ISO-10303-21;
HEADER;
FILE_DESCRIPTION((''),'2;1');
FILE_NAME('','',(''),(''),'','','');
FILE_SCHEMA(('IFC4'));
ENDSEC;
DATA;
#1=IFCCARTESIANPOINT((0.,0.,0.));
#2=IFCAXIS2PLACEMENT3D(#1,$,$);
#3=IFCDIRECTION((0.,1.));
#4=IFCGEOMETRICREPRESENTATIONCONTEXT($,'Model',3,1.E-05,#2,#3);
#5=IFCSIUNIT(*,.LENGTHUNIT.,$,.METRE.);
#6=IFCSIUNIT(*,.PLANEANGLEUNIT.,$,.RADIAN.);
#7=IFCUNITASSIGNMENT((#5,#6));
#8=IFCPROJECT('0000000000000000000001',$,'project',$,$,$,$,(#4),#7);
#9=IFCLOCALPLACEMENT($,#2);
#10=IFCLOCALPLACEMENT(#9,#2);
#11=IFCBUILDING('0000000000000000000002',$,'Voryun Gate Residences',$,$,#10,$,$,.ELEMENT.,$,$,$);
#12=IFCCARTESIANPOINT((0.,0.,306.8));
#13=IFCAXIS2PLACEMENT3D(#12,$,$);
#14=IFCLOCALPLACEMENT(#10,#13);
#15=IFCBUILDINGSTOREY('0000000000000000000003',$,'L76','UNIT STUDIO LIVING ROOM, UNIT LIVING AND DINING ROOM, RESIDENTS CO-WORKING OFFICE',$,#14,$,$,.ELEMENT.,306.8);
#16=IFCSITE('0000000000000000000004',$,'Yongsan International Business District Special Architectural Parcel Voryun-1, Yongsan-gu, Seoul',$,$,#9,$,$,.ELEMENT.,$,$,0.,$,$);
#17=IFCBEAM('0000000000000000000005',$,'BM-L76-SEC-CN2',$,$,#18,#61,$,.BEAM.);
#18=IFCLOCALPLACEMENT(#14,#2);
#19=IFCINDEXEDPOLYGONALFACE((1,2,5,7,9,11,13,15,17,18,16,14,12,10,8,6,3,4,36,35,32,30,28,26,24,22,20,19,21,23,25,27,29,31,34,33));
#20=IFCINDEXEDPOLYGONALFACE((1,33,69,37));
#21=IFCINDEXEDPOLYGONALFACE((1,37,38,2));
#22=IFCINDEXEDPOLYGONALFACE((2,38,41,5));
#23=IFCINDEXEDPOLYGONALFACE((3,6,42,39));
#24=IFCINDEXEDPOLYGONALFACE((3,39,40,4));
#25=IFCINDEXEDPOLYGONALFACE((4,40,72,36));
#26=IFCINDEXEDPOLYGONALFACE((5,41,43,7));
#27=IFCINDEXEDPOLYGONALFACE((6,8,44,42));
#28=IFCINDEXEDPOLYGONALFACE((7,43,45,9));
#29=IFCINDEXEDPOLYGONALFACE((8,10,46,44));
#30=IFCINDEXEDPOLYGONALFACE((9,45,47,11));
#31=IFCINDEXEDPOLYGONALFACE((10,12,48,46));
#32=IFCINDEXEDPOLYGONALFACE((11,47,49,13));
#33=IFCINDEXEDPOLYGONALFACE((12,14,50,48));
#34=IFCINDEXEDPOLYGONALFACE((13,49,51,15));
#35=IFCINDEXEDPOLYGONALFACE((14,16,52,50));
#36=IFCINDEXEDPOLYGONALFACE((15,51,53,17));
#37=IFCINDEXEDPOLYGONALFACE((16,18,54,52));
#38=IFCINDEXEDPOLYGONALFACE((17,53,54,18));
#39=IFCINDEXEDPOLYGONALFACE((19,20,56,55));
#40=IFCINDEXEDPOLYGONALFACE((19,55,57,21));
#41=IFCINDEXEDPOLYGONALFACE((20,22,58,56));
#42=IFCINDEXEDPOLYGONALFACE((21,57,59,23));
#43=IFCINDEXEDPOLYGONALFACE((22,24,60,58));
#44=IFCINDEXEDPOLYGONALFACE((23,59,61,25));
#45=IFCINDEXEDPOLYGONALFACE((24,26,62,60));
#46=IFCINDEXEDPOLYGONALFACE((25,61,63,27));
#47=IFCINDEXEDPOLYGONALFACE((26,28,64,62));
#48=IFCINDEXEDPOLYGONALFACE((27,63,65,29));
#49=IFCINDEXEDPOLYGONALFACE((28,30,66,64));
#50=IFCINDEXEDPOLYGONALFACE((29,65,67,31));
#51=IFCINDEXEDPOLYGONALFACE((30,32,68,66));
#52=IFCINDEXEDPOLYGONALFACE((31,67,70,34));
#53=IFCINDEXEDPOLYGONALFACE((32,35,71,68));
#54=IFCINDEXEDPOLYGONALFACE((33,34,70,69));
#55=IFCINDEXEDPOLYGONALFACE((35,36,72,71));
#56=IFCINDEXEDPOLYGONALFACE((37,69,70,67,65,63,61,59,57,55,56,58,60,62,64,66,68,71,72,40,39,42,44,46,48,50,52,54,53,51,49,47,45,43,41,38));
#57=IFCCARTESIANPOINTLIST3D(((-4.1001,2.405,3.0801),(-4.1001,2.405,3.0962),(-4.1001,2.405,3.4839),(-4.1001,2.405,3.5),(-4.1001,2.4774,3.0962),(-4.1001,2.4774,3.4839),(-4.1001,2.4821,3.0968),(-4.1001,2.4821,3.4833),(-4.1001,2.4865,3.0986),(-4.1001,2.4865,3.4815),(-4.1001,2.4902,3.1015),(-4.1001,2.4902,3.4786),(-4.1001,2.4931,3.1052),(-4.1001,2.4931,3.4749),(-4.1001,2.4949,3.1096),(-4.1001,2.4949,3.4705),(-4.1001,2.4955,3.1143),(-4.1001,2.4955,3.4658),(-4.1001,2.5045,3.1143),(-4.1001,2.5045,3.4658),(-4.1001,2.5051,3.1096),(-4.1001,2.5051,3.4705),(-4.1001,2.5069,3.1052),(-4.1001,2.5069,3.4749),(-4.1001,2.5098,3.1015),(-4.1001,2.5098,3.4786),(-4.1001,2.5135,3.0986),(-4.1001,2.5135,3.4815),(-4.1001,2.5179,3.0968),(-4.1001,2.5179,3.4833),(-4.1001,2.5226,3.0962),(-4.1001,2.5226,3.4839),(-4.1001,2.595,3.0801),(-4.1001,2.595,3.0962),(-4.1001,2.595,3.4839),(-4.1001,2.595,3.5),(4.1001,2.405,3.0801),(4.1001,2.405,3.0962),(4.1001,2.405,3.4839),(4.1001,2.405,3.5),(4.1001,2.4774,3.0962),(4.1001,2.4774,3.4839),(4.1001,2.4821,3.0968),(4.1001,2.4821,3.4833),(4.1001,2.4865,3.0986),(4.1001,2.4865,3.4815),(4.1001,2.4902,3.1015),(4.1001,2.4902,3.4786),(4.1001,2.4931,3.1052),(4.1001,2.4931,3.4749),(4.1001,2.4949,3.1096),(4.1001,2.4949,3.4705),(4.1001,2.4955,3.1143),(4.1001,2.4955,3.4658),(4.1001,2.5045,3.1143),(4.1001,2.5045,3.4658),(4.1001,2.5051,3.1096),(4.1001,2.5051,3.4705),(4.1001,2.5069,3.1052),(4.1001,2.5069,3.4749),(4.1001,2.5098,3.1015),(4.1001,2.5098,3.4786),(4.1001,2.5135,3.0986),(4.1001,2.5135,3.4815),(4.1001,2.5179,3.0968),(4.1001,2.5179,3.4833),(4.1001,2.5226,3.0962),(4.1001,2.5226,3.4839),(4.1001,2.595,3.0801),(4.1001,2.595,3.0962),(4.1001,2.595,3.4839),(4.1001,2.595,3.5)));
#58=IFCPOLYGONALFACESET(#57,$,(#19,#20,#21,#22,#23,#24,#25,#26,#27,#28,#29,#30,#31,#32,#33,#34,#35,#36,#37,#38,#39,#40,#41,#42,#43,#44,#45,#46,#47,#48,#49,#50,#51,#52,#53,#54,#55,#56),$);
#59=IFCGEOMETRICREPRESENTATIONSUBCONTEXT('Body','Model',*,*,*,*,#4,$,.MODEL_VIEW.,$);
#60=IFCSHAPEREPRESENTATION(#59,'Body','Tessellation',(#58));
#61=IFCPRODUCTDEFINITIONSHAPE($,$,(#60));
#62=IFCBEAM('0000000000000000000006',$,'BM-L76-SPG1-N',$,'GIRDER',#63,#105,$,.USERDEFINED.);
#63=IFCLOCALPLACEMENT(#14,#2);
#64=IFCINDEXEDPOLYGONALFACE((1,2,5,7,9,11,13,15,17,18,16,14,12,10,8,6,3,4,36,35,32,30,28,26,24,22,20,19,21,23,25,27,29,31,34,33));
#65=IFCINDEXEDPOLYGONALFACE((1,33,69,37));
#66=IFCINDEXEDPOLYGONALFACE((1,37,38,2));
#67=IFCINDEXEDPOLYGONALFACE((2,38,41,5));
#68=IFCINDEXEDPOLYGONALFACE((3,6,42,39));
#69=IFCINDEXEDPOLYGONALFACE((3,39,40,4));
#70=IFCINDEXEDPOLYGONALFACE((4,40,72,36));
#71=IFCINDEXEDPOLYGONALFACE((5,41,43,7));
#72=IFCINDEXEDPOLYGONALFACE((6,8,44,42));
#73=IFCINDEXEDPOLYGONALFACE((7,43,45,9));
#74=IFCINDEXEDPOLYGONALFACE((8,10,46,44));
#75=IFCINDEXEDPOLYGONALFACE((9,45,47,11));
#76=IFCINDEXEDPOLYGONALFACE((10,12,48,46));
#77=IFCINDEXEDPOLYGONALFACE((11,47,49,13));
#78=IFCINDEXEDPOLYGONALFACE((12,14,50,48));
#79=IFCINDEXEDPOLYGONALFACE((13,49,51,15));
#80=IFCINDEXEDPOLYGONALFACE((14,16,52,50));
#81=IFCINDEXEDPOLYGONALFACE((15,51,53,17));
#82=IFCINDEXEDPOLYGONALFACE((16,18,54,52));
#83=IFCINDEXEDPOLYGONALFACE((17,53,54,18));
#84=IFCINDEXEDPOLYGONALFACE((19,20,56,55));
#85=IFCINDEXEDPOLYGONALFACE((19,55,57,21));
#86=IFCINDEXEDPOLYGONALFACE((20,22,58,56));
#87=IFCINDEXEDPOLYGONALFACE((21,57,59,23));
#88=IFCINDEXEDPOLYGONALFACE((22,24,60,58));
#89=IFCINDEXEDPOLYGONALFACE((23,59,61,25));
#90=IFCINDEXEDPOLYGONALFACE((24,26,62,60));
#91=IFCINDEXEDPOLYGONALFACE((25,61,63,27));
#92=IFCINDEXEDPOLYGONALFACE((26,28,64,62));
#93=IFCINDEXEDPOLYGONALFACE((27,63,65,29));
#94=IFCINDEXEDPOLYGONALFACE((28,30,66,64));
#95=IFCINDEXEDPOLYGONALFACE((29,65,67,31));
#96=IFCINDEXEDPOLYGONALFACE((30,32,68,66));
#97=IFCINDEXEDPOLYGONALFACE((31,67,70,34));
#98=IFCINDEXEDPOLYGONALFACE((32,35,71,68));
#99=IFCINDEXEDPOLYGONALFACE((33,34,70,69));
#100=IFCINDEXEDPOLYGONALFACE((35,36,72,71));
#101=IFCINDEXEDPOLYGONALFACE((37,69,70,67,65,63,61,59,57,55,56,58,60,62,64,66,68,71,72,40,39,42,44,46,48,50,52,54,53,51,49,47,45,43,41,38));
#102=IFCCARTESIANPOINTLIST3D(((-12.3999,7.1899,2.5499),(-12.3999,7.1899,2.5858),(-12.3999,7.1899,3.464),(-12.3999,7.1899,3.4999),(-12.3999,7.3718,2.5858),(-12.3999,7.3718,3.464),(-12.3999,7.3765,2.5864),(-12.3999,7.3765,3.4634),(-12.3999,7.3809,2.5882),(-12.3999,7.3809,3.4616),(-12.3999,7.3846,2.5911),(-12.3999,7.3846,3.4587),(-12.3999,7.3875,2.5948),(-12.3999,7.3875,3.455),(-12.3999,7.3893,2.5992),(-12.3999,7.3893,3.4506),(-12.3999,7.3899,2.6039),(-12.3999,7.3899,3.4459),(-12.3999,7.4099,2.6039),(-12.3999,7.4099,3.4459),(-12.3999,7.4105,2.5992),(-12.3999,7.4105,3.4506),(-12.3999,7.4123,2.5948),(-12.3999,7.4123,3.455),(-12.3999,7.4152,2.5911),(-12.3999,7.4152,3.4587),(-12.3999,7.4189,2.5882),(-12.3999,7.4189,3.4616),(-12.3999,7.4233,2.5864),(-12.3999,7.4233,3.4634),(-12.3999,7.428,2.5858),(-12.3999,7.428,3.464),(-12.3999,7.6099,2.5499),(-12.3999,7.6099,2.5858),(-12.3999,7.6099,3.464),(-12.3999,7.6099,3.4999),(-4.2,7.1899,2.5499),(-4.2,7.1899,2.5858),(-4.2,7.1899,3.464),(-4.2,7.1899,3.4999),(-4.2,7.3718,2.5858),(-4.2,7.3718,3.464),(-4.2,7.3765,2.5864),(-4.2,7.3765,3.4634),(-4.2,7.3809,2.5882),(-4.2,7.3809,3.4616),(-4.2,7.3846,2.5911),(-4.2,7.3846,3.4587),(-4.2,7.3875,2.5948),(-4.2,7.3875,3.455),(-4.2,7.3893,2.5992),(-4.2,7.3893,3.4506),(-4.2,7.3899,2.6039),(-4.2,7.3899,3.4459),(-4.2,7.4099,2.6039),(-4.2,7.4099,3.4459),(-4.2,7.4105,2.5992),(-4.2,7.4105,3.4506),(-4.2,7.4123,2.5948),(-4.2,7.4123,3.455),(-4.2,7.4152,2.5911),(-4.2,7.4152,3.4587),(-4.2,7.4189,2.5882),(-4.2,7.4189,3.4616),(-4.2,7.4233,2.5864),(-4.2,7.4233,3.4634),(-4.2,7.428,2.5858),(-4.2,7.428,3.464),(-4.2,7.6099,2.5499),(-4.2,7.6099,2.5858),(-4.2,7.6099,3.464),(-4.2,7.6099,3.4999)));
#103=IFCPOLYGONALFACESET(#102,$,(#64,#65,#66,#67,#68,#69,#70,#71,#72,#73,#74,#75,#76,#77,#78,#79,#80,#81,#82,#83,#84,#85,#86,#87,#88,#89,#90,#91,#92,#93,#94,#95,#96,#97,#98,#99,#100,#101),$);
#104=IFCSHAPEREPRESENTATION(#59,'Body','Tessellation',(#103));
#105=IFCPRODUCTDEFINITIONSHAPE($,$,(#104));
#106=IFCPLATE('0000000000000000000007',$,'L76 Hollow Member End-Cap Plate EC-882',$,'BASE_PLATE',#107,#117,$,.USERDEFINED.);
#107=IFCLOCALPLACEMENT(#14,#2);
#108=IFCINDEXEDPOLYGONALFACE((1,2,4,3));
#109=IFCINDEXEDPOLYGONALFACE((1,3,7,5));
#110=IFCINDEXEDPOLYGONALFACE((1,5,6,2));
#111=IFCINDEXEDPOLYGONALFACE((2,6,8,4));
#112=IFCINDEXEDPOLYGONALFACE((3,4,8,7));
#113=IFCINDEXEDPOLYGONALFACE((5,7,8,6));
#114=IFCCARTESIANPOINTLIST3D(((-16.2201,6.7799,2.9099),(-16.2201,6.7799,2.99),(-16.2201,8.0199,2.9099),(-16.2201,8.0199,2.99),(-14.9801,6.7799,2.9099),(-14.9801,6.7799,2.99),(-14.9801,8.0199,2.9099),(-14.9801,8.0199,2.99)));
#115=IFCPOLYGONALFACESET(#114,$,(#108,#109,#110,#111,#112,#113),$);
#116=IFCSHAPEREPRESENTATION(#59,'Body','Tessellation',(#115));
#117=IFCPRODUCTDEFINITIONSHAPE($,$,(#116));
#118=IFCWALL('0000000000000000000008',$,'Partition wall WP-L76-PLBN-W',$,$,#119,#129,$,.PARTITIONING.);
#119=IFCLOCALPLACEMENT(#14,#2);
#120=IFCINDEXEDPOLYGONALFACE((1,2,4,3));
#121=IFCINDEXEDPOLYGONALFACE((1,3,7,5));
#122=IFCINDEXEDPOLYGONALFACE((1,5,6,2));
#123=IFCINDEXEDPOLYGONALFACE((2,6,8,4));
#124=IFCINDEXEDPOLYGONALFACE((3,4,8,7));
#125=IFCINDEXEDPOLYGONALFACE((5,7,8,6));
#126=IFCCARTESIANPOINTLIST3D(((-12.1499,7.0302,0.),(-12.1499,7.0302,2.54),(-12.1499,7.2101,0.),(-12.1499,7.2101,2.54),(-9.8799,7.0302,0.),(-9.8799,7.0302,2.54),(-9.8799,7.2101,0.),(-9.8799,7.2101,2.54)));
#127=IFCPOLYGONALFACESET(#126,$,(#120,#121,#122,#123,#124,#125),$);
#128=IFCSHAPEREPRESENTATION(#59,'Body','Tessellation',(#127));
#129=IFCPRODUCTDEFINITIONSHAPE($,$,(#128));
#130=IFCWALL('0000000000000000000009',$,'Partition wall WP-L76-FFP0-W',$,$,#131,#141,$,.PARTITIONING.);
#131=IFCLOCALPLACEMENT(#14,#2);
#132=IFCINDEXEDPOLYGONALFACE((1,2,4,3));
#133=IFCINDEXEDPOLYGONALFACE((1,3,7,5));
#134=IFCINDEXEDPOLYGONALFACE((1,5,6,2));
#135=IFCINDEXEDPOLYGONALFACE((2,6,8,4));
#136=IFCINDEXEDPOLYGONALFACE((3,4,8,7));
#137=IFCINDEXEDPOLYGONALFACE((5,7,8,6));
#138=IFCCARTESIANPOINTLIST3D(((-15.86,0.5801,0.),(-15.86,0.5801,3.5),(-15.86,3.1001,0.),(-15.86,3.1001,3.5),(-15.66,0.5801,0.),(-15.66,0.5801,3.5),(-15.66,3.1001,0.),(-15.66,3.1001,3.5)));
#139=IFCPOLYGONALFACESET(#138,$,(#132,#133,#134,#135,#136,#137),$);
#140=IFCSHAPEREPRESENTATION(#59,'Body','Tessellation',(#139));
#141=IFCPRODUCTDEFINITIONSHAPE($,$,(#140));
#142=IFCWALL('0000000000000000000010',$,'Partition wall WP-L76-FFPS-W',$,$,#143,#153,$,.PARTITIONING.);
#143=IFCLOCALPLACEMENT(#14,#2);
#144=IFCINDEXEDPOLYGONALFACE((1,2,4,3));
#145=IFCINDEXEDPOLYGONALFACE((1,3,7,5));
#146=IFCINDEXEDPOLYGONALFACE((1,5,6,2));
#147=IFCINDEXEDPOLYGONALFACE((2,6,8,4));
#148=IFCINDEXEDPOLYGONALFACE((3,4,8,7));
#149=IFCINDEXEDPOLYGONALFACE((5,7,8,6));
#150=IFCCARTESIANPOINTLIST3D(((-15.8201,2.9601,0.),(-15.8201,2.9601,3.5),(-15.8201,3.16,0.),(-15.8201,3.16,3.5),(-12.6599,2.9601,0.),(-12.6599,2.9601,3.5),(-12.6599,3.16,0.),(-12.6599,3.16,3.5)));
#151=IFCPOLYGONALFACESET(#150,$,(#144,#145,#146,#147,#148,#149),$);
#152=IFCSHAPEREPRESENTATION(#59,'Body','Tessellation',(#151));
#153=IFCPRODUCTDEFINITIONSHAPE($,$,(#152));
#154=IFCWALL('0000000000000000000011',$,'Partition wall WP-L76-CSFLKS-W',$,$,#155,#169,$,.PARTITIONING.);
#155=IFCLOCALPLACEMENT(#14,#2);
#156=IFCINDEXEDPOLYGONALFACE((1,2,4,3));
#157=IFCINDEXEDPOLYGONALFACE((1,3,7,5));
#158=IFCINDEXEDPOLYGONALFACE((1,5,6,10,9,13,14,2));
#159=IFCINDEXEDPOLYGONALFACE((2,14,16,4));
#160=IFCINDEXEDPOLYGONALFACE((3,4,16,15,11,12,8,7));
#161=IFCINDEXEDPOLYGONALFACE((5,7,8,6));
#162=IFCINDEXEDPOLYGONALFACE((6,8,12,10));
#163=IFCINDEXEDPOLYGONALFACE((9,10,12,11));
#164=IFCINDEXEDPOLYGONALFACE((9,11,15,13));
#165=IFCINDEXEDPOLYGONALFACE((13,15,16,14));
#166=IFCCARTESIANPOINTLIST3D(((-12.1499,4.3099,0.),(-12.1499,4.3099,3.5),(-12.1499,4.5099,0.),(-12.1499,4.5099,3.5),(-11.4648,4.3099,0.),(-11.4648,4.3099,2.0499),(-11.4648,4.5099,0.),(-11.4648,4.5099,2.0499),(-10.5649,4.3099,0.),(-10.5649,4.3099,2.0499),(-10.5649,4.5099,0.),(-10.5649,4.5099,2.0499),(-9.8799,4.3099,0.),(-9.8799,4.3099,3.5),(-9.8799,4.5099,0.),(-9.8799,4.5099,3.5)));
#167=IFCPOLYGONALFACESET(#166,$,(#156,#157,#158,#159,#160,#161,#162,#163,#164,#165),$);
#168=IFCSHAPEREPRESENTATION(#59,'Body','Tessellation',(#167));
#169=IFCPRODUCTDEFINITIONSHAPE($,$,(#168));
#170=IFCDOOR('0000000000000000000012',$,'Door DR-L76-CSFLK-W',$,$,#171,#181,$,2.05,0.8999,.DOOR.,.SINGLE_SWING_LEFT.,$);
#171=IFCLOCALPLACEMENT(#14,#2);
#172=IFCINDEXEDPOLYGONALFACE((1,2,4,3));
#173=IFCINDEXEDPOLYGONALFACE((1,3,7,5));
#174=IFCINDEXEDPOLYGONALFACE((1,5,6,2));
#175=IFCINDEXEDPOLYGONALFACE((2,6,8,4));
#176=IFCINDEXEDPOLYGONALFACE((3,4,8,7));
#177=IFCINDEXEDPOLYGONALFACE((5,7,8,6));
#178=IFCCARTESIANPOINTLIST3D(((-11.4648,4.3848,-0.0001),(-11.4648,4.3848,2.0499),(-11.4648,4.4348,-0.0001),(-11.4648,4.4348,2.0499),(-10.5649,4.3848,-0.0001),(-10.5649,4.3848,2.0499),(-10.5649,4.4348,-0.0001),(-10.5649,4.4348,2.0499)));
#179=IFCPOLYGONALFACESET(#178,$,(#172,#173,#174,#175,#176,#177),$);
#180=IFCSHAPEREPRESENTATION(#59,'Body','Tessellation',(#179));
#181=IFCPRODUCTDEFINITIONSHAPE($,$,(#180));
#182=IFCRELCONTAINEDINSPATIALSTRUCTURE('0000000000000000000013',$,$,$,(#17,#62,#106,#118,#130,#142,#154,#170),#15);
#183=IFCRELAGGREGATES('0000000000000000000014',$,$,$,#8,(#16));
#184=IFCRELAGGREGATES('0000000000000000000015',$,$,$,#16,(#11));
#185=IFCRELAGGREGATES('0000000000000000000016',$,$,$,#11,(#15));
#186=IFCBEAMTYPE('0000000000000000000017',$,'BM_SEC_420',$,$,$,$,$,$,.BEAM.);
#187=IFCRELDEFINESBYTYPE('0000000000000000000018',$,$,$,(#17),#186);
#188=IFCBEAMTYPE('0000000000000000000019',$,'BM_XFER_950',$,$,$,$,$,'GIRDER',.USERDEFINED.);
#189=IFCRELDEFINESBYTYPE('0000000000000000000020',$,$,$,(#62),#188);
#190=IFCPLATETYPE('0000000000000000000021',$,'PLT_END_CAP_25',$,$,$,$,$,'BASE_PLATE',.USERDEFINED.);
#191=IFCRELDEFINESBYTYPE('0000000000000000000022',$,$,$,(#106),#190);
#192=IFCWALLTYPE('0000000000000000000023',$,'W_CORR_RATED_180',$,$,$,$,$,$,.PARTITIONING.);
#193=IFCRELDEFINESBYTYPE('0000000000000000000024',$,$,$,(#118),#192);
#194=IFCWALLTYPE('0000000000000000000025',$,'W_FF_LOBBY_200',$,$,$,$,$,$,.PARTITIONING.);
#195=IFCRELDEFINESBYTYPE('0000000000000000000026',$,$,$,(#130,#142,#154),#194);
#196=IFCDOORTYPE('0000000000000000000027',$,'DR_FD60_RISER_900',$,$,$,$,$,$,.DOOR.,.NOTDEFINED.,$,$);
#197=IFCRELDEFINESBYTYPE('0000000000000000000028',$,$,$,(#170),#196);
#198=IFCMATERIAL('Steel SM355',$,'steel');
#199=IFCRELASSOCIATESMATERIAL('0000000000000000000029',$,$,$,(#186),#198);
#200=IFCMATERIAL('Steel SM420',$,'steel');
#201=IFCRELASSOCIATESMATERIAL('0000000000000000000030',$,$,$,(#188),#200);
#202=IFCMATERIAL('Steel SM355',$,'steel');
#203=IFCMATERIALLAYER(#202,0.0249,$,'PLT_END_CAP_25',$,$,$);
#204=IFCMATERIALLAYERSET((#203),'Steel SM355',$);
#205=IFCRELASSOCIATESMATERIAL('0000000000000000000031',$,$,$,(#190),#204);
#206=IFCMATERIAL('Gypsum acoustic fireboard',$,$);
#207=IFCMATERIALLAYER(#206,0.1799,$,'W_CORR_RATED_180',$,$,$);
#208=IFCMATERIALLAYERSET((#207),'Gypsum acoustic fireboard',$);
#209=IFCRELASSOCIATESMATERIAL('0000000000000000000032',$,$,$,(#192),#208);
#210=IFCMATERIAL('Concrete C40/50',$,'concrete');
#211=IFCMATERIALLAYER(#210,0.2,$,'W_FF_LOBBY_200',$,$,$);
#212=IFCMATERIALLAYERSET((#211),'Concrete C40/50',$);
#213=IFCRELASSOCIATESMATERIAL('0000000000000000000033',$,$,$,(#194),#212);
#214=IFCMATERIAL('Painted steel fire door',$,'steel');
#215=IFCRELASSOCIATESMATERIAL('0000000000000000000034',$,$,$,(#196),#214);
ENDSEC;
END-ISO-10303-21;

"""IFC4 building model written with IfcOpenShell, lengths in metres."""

from ifc_helpers import new_model, si_unit, direction, frame, frame_2d, origin, origin_2d, place, context, subcontext, project, spatial, rectangle, i_section, extrude, material, layer, layer_set, material_profile, profile_set, type_object, element, fill, save


model = new_model("IFC4")

# Units and contexts
model_context = context("Model", 3, precision=1e-05, world=origin(), true_north=direction((0.0, 1.0)))
body_context = subcontext(model_context, "Body", "Model", "MODEL_VIEW")
ifc_project = project(units=[si_unit("LENGTHUNIT", "METRE"), si_unit("PLANEANGLEUNIT", "RADIAN")], contexts=[model_context])

# Site, building, storey
site_placement = place(None, origin())
site = spatial("IfcSite", under=ifc_project, at=site_placement, Name="Yongsan International Business District Special Architectural Parcel Voryun-1, Yongsan-gu, Seoul", CompositionType="ELEMENT", RefElevation=0.0)
building_placement = place(site_placement, origin())
building = spatial("IfcBuilding", under=site, at=building_placement, Name="Voryun Gate Residences", CompositionType="ELEMENT")
storey_placement = place(building_placement, frame((0.0, 0.0, 306.8)))
storey = spatial("IfcBuildingStorey", under=building, at=storey_placement, Name="L76", Description="UNIT STUDIO LIVING ROOM, UNIT LIVING AND DINING ROOM, RESIDENTS CO-WORKING OFFICE", CompositionType="ELEMENT", Elevation=306.8)

# Beams
ifc_material_1 = material(Name="Steel SM355", Category="steel")
ifc_material_profile_1 = material_profile(ifc_material_1, i_section(OverallWidth=0.1899, OverallDepth=0.4199, WebThickness=0.009, FlangeThickness=0.0161, FilletRadius=0.0181, at=origin_2d()), Name="H-420x190x9x16")
ifc_profile_set_1 = profile_set([ifc_material_profile_1], Name="Steel SM355")
beam_type_1 = type_object("IfcBeamType", Name="BM_SEC_420", PredefinedType="BEAM", material=ifc_profile_set_1)
beam_1_placement = place(storey_placement, frame((-4.1001, 2.5, 3.29), z_axis=(1.0, 0.0, 0.0), x_axis=(0.0, 1.0, 0.0)))
element("IfcBeam", 1, at=beam_1_placement, inside=storey, type_object=beam_type_1, Name="BM-L76-SEC-CN2", PredefinedType="BEAM", context=body_context, shape_type="SweptSolid", body=[
    extrude(i_section(OverallWidth=0.1899, OverallDepth=0.4199, WebThickness=0.009, FlangeThickness=0.0161, FilletRadius=0.0181, at=origin_2d()), origin(), (0.0, 0.0, 1.0), 8.2002),
])
ifc_material_2 = material(Name="Steel SM420", Category="steel")
ifc_material_profile_2 = material_profile(ifc_material_2, i_section(OverallWidth=0.4199, OverallDepth=0.95, WebThickness=0.02, FlangeThickness=0.0359, FilletRadius=0.0181, at=origin_2d()), Name="H-950x420x20x36")
ifc_profile_set_2 = profile_set([ifc_material_profile_2], Name="Steel SM420")
beam_type_2 = type_object("IfcBeamType", Name="BM_XFER_950", ElementType="GIRDER", PredefinedType="USERDEFINED", material=ifc_profile_set_2)
beam_2_placement = place(storey_placement, frame((-12.3999, 7.3999, 3.0249), z_axis=(1.0, 0.0, 0.0), x_axis=(0.0, 1.0, 0.0)))
element("IfcBeam", 2, at=beam_2_placement, inside=storey, type_object=beam_type_2, Name="BM-L76-SPG1-N", ObjectType="GIRDER", PredefinedType="USERDEFINED", context=body_context, shape_type="SweptSolid", body=[
    extrude(i_section(OverallWidth=0.4199, OverallDepth=0.95, WebThickness=0.02, FlangeThickness=0.0359, FilletRadius=0.0181, at=origin_2d()), origin(), (0.0, 0.0, 1.0), 8.2),
])

# Plate
ifc_material_3 = material(Name="Steel SM355", Category="steel")
ifc_layer_1 = layer(ifc_material_3, 0.0249, Name="PLT_END_CAP_25")
ifc_layer_set_1 = layer_set([ifc_layer_1], Name="Steel SM355")
plate_type = type_object("IfcPlateType", Name="PLT_END_CAP_25", ElementType="BASE_PLATE", PredefinedType="USERDEFINED", material=ifc_layer_set_1)
plate_placement = place(storey_placement, frame((-15.6001, 7.3999, 2.9099), z_axis=(0.0, 0.0, 1.0), x_axis=(1.0, 0.0, 0.0)))
element("IfcPlate", 3, at=plate_placement, inside=storey, type_object=plate_type, Name="L76 Hollow Member End-Cap Plate EC-882", ObjectType="BASE_PLATE", PredefinedType="USERDEFINED", context=body_context, shape_type="SweptSolid", body=[
    extrude(rectangle(XDim=1.24, YDim=1.24, at=origin_2d()), origin(), (0.0, 0.0, 1.0), 0.0801),
])

# Walls
ifc_material_4 = material(Name="Gypsum acoustic fireboard")
ifc_layer_2 = layer(ifc_material_4, 0.1799, Name="W_CORR_RATED_180")
ifc_layer_set_2 = layer_set([ifc_layer_2], Name="Gypsum acoustic fireboard")
wall_type_1 = type_object("IfcWallType", Name="W_CORR_RATED_180", PredefinedType="PARTITIONING", material=ifc_layer_set_2)
wall_1_placement = place(storey_placement, frame((-12.1499, 7.1201, 0.0), z_axis=(0.0, 0.0, 1.0), x_axis=(1.0, 0.0, 0.0)))
element("IfcWall", 4, at=wall_1_placement, inside=storey, type_object=wall_type_1, Name="Partition wall WP-L76-PLBN-W", PredefinedType="PARTITIONING", context=body_context, shape_type="SweptSolid", body=[
    extrude(rectangle(XDim=2.27, YDim=0.1799, at=frame_2d((1.135, 0.0))), origin(), (0.0, 0.0, 1.0), 2.54),
])
ifc_material_5 = material(Name="Concrete C40/50", Category="concrete")
ifc_layer_3 = layer(ifc_material_5, 0.2, Name="W_FF_LOBBY_200")
ifc_layer_set_3 = layer_set([ifc_layer_3], Name="Concrete C40/50")
wall_type_2 = type_object("IfcWallType", Name="W_FF_LOBBY_200", PredefinedType="PARTITIONING", material=ifc_layer_set_3)
wall_2_placement = place(storey_placement, frame((-15.76, 0.5801, 0.0), z_axis=(0.0, 0.0, 1.0), x_axis=(0.0, 1.0, 0.0)))
element("IfcWall", 5, at=wall_2_placement, inside=storey, type_object=wall_type_2, Name="Partition wall WP-L76-FFP0-W", PredefinedType="PARTITIONING", context=body_context, shape_type="SweptSolid", body=[
    extrude(rectangle(XDim=2.52, YDim=0.2, at=frame_2d((1.26, 0.0))), origin(), (0.0, 0.0, 1.0), 3.5),
])
wall_3_placement = place(storey_placement, frame((-15.8201, 3.0601, 0.0), z_axis=(0.0, 0.0, 1.0), x_axis=(1.0, 0.0, 0.0)))
element("IfcWall", 6, at=wall_3_placement, inside=storey, type_object=wall_type_2, Name="Partition wall WP-L76-FFPS-W", PredefinedType="PARTITIONING", context=body_context, shape_type="SweptSolid", body=[
    extrude(rectangle(XDim=3.1602, YDim=0.2, at=frame_2d((1.5801, 0.0))), origin(), (0.0, 0.0, 1.0), 3.5),
])

# Wall, opening, door
wall_4_placement = place(storey_placement, frame((-12.1499, 4.4099, 0.0), z_axis=(0.0, 0.0, 1.0), x_axis=(1.0, 0.0, 0.0)))
wall_4 = element("IfcWall", 7, at=wall_4_placement, inside=storey, type_object=wall_type_2, Name="Partition wall WP-L76-CSFLKS-W", PredefinedType="PARTITIONING", context=body_context, shape_type="SweptSolid", body=[
    extrude(rectangle(XDim=2.27, YDim=0.2, at=frame_2d((1.135, 0.0))), origin(), (0.0, 0.0, 1.0), 3.5),
])
opening_1_placement = place(wall_4_placement, frame((0.6851, 0.0, 0.0)))
opening_1 = element("IfcOpeningElement", 8, at=opening_1_placement, cuts=wall_4, PredefinedType="OPENING", context=body_context, shape_type="SweptSolid", body=[
    extrude(rectangle(XDim=0.8999, YDim=2.05, at=frame_2d((0.45, 1.0249))), frame((0.0, 0.1101, 0.0), z_axis=(0.0, -1.0, 0.0), x_axis=(1.0, 0.0, 0.0)), (0.0, 0.0, 1.0), 0.22),
])
ifc_material_6 = material(Name="Painted steel fire door", Category="steel")
door_type_1 = type_object("IfcDoorType", Name="DR_FD60_RISER_900", OperationType="NOTDEFINED", PredefinedType="DOOR", material=ifc_material_6)
door_1_placement = place(opening_1_placement, origin())
door_1 = element("IfcDoor", 9, at=door_1_placement, inside=storey, type_object=door_type_1, Name="Door DR-L76-CSFLK-W", OperationType="SINGLE_SWING_LEFT", OverallHeight=2.05, OverallWidth=0.8999, PredefinedType="DOOR", context=body_context, shape_type="SweptSolid", body=[
    extrude(rectangle(XDim=0.8999, YDim=2.05, at=frame_2d((0.45, 1.0249))), frame((0.0, 0.0249, 0.0), z_axis=(0.0, -1.0, 0.0), x_axis=(1.0, 0.0, 0.0)), (0.0, 0.0, 1.0), 0.05),
])
fill(opening_1, door_1)

save(model, "model.ifc")
